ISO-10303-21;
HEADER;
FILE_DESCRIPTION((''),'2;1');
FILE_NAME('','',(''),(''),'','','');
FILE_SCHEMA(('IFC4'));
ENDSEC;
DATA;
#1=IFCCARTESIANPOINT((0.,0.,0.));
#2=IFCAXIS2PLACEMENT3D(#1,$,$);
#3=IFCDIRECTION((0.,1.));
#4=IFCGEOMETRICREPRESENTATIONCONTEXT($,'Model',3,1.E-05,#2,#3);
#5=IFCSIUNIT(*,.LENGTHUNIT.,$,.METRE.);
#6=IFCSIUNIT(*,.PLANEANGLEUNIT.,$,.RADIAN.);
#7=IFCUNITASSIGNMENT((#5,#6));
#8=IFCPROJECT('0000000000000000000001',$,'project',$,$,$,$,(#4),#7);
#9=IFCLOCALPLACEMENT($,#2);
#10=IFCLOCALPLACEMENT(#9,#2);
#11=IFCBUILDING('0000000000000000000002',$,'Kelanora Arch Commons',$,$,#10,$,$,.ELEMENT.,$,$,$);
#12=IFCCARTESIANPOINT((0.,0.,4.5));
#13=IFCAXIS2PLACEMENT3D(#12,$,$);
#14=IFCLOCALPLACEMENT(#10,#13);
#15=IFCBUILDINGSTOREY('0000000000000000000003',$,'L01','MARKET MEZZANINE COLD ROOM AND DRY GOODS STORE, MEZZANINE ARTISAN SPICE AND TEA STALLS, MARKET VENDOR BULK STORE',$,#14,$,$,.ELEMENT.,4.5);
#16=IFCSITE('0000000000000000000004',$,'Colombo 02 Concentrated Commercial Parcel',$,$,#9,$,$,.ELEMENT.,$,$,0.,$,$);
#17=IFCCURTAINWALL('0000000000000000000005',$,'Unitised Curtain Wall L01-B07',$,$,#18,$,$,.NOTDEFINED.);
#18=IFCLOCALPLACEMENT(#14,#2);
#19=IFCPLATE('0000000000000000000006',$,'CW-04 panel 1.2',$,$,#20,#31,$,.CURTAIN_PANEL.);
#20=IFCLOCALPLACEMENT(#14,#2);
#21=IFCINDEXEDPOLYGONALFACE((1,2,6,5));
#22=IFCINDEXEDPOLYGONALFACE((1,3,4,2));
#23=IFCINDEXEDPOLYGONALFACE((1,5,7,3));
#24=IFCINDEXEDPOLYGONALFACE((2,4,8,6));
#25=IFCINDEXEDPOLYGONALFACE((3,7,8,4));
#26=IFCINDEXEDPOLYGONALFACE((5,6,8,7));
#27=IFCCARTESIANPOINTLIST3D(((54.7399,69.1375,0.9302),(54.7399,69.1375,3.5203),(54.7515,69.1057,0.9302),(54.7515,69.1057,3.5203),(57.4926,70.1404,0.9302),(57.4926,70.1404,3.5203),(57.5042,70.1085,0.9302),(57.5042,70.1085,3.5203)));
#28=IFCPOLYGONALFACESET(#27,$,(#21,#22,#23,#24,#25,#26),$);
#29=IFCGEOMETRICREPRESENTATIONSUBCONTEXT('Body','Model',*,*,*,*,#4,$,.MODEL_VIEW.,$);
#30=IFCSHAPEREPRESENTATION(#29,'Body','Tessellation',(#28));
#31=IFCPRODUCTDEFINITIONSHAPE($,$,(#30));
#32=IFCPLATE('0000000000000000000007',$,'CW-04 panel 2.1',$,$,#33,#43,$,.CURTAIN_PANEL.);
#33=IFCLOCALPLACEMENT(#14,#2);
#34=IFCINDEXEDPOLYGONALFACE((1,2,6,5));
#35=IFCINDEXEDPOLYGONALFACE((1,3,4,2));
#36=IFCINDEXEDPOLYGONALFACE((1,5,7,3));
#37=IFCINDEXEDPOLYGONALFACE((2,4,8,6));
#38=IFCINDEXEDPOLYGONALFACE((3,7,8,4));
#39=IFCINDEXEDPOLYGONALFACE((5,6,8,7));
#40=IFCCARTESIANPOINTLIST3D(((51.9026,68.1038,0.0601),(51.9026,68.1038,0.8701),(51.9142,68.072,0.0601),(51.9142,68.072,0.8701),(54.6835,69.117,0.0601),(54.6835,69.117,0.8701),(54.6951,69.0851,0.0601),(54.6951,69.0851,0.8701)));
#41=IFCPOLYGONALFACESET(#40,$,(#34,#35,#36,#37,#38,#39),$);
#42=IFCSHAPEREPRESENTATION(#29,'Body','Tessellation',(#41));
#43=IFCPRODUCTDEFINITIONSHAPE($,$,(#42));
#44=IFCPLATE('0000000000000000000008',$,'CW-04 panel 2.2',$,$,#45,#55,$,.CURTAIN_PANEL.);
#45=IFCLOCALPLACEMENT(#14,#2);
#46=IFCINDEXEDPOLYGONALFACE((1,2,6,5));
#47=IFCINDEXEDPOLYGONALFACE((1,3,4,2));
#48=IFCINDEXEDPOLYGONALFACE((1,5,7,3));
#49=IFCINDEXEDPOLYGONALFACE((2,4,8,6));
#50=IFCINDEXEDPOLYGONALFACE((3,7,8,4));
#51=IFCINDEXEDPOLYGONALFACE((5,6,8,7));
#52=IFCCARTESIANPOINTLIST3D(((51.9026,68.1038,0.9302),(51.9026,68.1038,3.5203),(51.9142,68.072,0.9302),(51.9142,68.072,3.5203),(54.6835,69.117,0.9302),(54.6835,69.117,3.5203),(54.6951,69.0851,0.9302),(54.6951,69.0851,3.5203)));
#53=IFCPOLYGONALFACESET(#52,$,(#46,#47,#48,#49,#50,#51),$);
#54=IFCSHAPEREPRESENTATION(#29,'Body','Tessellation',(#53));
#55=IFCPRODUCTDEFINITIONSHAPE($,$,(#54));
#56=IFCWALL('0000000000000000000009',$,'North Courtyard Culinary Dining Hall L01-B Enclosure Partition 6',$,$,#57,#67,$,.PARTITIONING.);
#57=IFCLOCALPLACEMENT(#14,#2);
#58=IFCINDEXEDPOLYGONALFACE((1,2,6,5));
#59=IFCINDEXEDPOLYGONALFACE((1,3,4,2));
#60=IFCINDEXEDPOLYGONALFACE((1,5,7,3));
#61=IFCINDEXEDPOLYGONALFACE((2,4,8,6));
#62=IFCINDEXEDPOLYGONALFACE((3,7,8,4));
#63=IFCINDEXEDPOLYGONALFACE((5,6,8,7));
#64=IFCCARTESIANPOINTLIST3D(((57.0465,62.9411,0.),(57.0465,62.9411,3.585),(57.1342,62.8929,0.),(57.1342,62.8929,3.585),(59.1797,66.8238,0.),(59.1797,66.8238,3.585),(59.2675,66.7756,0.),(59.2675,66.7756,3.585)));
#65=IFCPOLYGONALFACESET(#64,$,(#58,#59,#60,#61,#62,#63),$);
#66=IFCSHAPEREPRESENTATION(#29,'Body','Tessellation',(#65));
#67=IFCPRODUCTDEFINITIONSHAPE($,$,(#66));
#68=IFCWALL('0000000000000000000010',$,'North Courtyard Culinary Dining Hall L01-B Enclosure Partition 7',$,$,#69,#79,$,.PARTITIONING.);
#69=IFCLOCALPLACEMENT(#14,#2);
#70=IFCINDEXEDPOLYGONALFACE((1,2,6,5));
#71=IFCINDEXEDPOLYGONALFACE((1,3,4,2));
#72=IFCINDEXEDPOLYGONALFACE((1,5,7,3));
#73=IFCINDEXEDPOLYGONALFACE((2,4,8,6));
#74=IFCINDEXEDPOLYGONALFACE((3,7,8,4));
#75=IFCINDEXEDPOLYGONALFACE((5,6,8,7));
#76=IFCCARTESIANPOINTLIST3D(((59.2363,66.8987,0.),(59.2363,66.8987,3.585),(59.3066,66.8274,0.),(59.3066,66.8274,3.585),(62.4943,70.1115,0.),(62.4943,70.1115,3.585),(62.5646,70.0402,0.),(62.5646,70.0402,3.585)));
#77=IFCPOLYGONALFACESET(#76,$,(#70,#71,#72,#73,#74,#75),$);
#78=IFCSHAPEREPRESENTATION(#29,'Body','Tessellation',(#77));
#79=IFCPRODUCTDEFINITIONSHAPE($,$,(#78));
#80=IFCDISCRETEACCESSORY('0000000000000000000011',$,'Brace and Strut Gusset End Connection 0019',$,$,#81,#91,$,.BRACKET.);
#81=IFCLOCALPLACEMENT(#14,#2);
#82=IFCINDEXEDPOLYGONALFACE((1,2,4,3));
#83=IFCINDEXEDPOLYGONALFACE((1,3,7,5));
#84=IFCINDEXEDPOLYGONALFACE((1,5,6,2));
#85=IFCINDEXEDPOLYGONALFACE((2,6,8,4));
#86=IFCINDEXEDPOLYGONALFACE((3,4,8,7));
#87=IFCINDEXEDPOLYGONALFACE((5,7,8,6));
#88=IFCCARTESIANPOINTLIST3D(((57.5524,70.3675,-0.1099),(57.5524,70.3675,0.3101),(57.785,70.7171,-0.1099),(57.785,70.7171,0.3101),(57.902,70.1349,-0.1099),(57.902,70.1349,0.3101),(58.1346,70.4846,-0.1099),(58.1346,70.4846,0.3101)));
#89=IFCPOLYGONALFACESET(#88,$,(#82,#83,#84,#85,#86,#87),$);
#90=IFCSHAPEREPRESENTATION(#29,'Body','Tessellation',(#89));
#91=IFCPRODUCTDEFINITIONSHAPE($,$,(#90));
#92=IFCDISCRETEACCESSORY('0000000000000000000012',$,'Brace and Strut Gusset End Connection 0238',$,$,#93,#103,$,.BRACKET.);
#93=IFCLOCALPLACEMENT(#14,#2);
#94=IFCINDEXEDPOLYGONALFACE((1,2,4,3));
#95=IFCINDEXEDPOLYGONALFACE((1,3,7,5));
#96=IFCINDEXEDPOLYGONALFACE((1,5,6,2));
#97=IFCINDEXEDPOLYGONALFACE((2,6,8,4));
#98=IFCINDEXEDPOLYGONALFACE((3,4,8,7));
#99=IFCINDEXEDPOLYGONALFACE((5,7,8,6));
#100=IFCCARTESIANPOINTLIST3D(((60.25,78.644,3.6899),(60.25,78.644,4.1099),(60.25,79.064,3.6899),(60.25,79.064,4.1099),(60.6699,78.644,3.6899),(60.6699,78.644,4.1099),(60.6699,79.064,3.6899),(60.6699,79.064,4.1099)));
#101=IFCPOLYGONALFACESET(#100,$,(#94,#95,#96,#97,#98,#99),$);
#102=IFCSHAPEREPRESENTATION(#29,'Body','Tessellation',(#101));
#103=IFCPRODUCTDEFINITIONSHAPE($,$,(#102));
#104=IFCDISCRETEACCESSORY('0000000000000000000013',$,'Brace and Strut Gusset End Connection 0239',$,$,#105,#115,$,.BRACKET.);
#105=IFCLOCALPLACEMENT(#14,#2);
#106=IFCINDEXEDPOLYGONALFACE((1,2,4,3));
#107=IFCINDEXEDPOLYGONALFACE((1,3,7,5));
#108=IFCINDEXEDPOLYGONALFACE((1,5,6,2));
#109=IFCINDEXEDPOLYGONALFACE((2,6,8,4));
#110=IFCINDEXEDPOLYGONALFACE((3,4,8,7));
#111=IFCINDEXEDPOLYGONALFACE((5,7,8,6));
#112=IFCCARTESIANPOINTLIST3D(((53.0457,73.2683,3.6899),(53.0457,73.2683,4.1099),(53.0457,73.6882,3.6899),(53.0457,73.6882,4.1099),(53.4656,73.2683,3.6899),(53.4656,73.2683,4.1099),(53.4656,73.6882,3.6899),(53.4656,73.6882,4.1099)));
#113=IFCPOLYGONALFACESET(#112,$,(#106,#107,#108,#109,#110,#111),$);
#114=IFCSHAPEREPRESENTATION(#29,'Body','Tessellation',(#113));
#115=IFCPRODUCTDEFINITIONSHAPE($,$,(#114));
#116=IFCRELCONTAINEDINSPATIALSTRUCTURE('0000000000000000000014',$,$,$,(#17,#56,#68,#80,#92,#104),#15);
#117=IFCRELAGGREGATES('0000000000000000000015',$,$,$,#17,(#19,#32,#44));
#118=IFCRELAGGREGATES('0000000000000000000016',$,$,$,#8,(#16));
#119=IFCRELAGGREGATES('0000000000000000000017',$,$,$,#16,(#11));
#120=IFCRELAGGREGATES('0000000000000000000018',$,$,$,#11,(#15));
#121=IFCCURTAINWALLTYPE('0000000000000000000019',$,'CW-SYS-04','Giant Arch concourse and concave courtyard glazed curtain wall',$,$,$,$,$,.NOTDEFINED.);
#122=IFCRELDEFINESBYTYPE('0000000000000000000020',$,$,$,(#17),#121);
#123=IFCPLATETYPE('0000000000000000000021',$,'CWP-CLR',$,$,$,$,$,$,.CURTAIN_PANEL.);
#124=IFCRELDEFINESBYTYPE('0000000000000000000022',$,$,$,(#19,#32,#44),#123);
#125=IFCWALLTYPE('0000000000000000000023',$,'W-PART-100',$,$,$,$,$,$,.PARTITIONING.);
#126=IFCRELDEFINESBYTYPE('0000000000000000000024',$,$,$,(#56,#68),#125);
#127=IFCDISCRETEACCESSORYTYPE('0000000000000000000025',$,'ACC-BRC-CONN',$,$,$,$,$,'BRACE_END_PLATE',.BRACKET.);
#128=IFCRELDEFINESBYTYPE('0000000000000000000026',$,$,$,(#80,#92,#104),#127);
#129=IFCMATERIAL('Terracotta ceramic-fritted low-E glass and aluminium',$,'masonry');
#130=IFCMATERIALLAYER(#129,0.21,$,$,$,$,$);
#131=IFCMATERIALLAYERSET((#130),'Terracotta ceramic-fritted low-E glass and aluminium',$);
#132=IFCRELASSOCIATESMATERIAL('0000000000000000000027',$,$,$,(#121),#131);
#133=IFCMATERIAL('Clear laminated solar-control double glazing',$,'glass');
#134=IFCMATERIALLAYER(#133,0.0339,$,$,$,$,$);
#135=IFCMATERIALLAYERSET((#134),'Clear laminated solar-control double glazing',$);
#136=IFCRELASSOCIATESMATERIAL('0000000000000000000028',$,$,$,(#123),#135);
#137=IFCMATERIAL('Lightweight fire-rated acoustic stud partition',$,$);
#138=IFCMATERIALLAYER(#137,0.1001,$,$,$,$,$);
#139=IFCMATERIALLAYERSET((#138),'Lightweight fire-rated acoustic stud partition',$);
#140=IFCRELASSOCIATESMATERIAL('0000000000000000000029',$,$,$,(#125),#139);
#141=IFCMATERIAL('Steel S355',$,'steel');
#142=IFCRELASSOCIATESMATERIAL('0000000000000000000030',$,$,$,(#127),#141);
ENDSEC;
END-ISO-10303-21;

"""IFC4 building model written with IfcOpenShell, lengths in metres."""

from ifc_helpers import new_model, si_unit, direction, frame, frame_2d, origin, origin_2d, place, context, subcontext, project, spatial, rectangle, extrude, source, transform, mapped, material, layer, layer_set, type_object, element, aggregate, save


model = new_model("IFC4")

# Units and contexts
model_context = context("Model", 3, precision=1e-05, world=origin(), true_north=direction((0.0, 1.0)))
body_context = subcontext(model_context, "Body", "Model", "MODEL_VIEW")
ifc_project = project(units=[si_unit("LENGTHUNIT", "METRE"), si_unit("PLANEANGLEUNIT", "RADIAN")], contexts=[model_context])

# Site, building, storey
site_placement = place(None, origin())
site = spatial("IfcSite", under=ifc_project, at=site_placement, Name="Colombo 02 Concentrated Commercial Parcel", CompositionType="ELEMENT", RefElevation=0.0)
building_placement = place(site_placement, origin())
building = spatial("IfcBuilding", under=site, at=building_placement, Name="Kelanora Arch Commons", CompositionType="ELEMENT")
storey_placement = place(building_placement, frame((0.0, 0.0, 4.5)))
storey = spatial("IfcBuildingStorey", under=building, at=storey_placement, Name="L01", Description="MARKET MEZZANINE COLD ROOM AND DRY GOODS STORE, MEZZANINE ARTISAN SPICE AND TEA STALLS, MARKET VENDOR BULK STORE", CompositionType="ELEMENT", Elevation=4.5)

# Shared definitions
ifc_material_1 = material(Name="Steel S355", Category="steel")

# Shared definitions
ifc_material_2 = material(Name="Terracotta ceramic-fritted low-E glass and aluminium", Category="masonry")
ifc_layer_1 = layer(ifc_material_2, 0.21)
ifc_layer_set_1 = layer_set([ifc_layer_1], Name="Terracotta ceramic-fritted low-E glass and aluminium")
curtain_wall_type = type_object("IfcCurtainWallType", Name="CW-SYS-04", Description="Giant Arch concourse and concave courtyard glazed curtain wall", PredefinedType="NOTDEFINED", material=ifc_layer_set_1)

# Curtain wall
curtain_wall_1_placement = place(storey_placement, origin())
curtain_wall_1 = element("IfcCurtainWall", 1, at=curtain_wall_1_placement, inside=storey, type_object=curtain_wall_type, Name="Unitised Curtain Wall L01-B07", PredefinedType="NOTDEFINED")

# Plates
ifc_material_3 = material(Name="Clear laminated solar-control double glazing", Category="glass")
ifc_layer_2 = layer(ifc_material_3, 0.0339)
ifc_layer_set_2 = layer_set([ifc_layer_2], Name="Clear laminated solar-control double glazing")
plate_type = type_object("IfcPlateType", Name="CWP-CLR", PredefinedType="CURTAIN_PANEL", material=ifc_layer_set_2)
shared_shape_1 = source(origin(), body_context, "Body", "SweptSolid", [
    extrude(rectangle(XDim=2.9297, YDim=0.0339, at=origin_2d()), origin(), (0.0, 0.0, 1.0), 2.5901),
])
plate_1_placement = place(storey_placement, frame((56.1221, 69.623, 0.9302), z_axis=(0.0, 0.0, 1.0), x_axis=(-0.939584, -0.342318, 0.0)))
plate_1 = element("IfcPlate", 2, at=plate_1_placement, type_object=plate_type, Name="CW-04 panel 1.2", PredefinedType="CURTAIN_PANEL", context=body_context, shape_type="MappedRepresentation", body=[
    mapped(shared_shape_1, transform((0.0, 0.0, 0.0), scale=1.0)),
])
shared_shape_2 = source(origin(), body_context, "Body", "SweptSolid", [
    extrude(rectangle(XDim=2.9597, YDim=0.0339, at=origin_2d()), origin(), (0.0, 0.0, 1.0), 0.8101),
])
plate_2_placement = place(storey_placement, frame((53.2988, 68.5945, 0.0601), z_axis=(0.0, 0.0, 1.0), x_axis=(-0.939584, -0.342318, 0.0)))
plate_2 = element("IfcPlate", 3, at=plate_2_placement, type_object=plate_type, Name="CW-04 panel 2.1", PredefinedType="CURTAIN_PANEL", context=body_context, shape_type="MappedRepresentation", body=[
    mapped(shared_shape_2, transform((0.0, 0.0, 0.0), scale=1.0)),
])
shared_shape_3 = source(origin(), body_context, "Body", "SweptSolid", [
    extrude(rectangle(XDim=2.9597, YDim=0.0339, at=origin_2d()), origin(), (0.0, 0.0, 1.0), 2.5901),
])
plate_3_placement = place(storey_placement, frame((53.2988, 68.5945, 0.9302), z_axis=(0.0, 0.0, 1.0), x_axis=(-0.939584, -0.342318, 0.0)))
plate_3 = element("IfcPlate", 4, at=plate_3_placement, type_object=plate_type, Name="CW-04 panel 2.2", PredefinedType="CURTAIN_PANEL", context=body_context, shape_type="MappedRepresentation", body=[
    mapped(shared_shape_3, transform((0.0, 0.0, 0.0), scale=1.0)),
])
aggregate(curtain_wall_1, [plate_1, plate_2, plate_3])

# Walls
ifc_material_4 = material(Name="Lightweight fire-rated acoustic stud partition")
ifc_layer_3 = layer(ifc_material_4, 0.1001)
ifc_layer_set_3 = layer_set([ifc_layer_3], Name="Lightweight fire-rated acoustic stud partition")
wall_type = type_object("IfcWallType", Name="W-PART-100", PredefinedType="PARTITIONING", material=ifc_layer_set_3)
wall_1_placement = place(storey_placement, frame((57.0903, 62.917, 0.0), z_axis=(0.0, 0.0, 1.0), x_axis=(0.481529, 0.87643, 0.0)))
element("IfcWall", 5, at=wall_1_placement, inside=storey, type_object=wall_type, Name="North Courtyard Culinary Dining Hall L01-B Enclosure Partition 6", PredefinedType="PARTITIONING", context=body_context, shape_type="SweptSolid", body=[
    extrude(rectangle(XDim=4.4302, YDim=0.1001, at=frame_2d((2.2151, 0.0))), origin(), (0.0, 0.0, 1.0), 3.585),
])
wall_2_placement = place(storey_placement, frame((59.2715, 66.863, 0.0), z_axis=(0.0, 0.0, 1.0), x_axis=(0.712025, 0.702154, 0.0)))
element("IfcWall", 6, at=wall_2_placement, inside=storey, type_object=wall_type, Name="North Courtyard Culinary Dining Hall L01-B Enclosure Partition 7", PredefinedType="PARTITIONING", context=body_context, shape_type="SweptSolid", body=[
    extrude(rectangle(XDim=4.5757, YDim=0.1001, at=frame_2d((2.2878, 0.0))), origin(), (0.0, 0.0, 1.0), 3.585),
])

# Discrete accessories
discrete_accessory_type = type_object("IfcDiscreteAccessoryType", Name="ACC-BRC-CONN", ElementType="BRACE_END_PLATE", PredefinedType="BRACKET", material=ifc_material_1)
shared_shape_4 = source(origin(), body_context, "Body", "SweptSolid", [
    extrude(rectangle(XDim=0.4199, YDim=0.4199, at=origin_2d()), origin(), (0.0, 0.0, 1.0), 0.4199),
])
for number, where, z_axis, x_axis, name in (
    (7, (57.8435, 70.426, -0.1099), (0.0, 0.0, 1.0), (-0.832631, 0.553828, 0.0), "Brace and Strut Gusset End Connection 0019"),
    (8, (60.46, 78.854, 3.6899), (0.0, 0.0, 1.0), (1.0, 0.0, 0.0), "Brace and Strut Gusset End Connection 0238"),
    (9, (53.2556, 73.4783, 3.6899), (0.0, 0.0, 1.0), (1.0, 0.0, 0.0), "Brace and Strut Gusset End Connection 0239"),
):
    element("IfcDiscreteAccessory", number, at=place(storey_placement, frame(where, z_axis=z_axis, x_axis=x_axis)), inside=storey, type_object=discrete_accessory_type, Name=name, PredefinedType="BRACKET", context=body_context, shape_type="MappedRepresentation", body=[
        mapped(shared_shape_4, transform((0.0, 0.0, 0.0), scale=1.0)),
    ])

save(model, "model.ifc")
